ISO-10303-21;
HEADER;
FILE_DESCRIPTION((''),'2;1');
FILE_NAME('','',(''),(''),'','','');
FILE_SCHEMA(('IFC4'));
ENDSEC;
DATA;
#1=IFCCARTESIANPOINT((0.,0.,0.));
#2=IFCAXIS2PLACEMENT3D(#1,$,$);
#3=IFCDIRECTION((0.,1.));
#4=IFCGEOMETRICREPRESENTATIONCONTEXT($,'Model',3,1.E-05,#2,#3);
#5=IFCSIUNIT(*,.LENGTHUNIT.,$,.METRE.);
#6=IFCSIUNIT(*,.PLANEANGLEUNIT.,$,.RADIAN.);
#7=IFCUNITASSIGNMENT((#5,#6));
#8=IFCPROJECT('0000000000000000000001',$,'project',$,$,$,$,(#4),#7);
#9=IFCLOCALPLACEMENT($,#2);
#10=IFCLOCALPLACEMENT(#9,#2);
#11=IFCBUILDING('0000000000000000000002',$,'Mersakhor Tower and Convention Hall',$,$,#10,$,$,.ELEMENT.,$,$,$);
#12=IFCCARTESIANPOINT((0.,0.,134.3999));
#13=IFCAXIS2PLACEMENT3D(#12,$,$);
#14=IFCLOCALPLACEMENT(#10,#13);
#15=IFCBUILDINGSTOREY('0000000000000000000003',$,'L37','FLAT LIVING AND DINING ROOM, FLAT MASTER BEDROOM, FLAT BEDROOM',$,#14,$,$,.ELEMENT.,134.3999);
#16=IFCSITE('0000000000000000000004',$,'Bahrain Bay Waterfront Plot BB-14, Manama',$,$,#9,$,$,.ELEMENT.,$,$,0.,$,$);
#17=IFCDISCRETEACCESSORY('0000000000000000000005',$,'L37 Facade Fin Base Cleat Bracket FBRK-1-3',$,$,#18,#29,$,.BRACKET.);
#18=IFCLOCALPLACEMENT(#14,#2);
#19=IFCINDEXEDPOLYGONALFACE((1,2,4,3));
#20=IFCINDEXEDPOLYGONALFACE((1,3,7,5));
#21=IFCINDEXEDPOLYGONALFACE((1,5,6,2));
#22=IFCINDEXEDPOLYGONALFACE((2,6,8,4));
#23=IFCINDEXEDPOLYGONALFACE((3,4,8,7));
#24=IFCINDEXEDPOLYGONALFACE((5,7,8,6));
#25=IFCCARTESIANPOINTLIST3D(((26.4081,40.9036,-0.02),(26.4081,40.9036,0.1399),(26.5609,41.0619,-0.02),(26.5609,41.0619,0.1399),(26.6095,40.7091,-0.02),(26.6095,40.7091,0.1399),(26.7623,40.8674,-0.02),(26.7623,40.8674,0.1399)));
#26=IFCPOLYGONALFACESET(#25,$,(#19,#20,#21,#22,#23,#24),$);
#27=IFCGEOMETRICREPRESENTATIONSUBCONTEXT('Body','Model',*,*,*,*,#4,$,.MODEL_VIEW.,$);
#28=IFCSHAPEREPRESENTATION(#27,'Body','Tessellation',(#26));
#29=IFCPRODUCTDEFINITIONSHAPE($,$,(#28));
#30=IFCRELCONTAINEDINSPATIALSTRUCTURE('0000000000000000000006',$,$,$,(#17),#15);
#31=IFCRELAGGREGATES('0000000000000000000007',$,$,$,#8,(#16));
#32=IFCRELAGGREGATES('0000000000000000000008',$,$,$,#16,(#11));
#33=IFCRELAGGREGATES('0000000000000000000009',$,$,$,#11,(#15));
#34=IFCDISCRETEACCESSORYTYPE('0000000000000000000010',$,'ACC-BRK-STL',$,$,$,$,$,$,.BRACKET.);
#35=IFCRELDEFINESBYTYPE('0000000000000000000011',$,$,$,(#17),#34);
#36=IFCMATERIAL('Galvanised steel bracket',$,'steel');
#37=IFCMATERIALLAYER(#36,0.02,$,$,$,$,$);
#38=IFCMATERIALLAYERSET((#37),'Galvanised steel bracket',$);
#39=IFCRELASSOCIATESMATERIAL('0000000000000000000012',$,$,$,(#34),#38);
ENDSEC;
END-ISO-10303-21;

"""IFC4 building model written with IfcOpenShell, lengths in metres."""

from ifc_helpers import new_model, si_unit, direction, frame, origin, origin_2d, place, context, subcontext, project, spatial, rectangle, extrude, material, layer, layer_set, type_object, element, save


model = new_model("IFC4")

# Units and contexts
model_context = context("Model", 3, precision=1e-05, world=origin(), true_north=direction((0.0, 1.0)))
body_context = subcontext(model_context, "Body", "Model", "MODEL_VIEW")
ifc_project = project(units=[si_unit("LENGTHUNIT", "METRE"), si_unit("PLANEANGLEUNIT", "RADIAN")], contexts=[model_context])

# Site, building, storey
site_placement = place(None, origin())
site = spatial("IfcSite", under=ifc_project, at=site_placement, Name="Bahrain Bay Waterfront Plot BB-14, Manama", CompositionType="ELEMENT", RefElevation=0.0)
building_placement = place(site_placement, origin())
building = spatial("IfcBuilding", under=site, at=building_placement, Name="Mersakhor Tower and Convention Hall", CompositionType="ELEMENT")
storey_placement = place(building_placement, frame((0.0, 0.0, 134.3999)))
storey = spatial("IfcBuildingStorey", under=building, at=storey_placement, Name="L37", Description="FLAT LIVING AND DINING ROOM, FLAT MASTER BEDROOM, FLAT BEDROOM", CompositionType="ELEMENT", Elevation=134.3999)

# Discrete accessory
ifc_material_1 = material(Name="Galvanised steel bracket", Category="steel")
ifc_layer_1 = layer(ifc_material_1, 0.02)
ifc_layer_set_1 = layer_set([ifc_layer_1], Name="Galvanised steel bracket")
discrete_accessory_type = type_object("IfcDiscreteAccessoryType", Name="ACC-BRK-STL", PredefinedType="BRACKET", material=ifc_layer_set_1)
discrete_accessory_1_placement = place(storey_placement, frame((26.5852, 40.8855, -0.02), z_axis=(0.0, 0.0, 1.0), x_axis=(-0.71934, 0.694658, 0.0)))
element("IfcDiscreteAccessory", 1, at=discrete_accessory_1_placement, inside=storey, type_object=discrete_accessory_type, Name="L37 Facade Fin Base Cleat Bracket FBRK-1-3", PredefinedType="BRACKET", context=body_context, shape_type="SweptSolid", body=[
    extrude(rectangle(XDim=0.28, YDim=0.22, at=origin_2d()), origin(), (0.0, 0.0, 1.0), 0.1599),
])

save(model, "model.ifc")
